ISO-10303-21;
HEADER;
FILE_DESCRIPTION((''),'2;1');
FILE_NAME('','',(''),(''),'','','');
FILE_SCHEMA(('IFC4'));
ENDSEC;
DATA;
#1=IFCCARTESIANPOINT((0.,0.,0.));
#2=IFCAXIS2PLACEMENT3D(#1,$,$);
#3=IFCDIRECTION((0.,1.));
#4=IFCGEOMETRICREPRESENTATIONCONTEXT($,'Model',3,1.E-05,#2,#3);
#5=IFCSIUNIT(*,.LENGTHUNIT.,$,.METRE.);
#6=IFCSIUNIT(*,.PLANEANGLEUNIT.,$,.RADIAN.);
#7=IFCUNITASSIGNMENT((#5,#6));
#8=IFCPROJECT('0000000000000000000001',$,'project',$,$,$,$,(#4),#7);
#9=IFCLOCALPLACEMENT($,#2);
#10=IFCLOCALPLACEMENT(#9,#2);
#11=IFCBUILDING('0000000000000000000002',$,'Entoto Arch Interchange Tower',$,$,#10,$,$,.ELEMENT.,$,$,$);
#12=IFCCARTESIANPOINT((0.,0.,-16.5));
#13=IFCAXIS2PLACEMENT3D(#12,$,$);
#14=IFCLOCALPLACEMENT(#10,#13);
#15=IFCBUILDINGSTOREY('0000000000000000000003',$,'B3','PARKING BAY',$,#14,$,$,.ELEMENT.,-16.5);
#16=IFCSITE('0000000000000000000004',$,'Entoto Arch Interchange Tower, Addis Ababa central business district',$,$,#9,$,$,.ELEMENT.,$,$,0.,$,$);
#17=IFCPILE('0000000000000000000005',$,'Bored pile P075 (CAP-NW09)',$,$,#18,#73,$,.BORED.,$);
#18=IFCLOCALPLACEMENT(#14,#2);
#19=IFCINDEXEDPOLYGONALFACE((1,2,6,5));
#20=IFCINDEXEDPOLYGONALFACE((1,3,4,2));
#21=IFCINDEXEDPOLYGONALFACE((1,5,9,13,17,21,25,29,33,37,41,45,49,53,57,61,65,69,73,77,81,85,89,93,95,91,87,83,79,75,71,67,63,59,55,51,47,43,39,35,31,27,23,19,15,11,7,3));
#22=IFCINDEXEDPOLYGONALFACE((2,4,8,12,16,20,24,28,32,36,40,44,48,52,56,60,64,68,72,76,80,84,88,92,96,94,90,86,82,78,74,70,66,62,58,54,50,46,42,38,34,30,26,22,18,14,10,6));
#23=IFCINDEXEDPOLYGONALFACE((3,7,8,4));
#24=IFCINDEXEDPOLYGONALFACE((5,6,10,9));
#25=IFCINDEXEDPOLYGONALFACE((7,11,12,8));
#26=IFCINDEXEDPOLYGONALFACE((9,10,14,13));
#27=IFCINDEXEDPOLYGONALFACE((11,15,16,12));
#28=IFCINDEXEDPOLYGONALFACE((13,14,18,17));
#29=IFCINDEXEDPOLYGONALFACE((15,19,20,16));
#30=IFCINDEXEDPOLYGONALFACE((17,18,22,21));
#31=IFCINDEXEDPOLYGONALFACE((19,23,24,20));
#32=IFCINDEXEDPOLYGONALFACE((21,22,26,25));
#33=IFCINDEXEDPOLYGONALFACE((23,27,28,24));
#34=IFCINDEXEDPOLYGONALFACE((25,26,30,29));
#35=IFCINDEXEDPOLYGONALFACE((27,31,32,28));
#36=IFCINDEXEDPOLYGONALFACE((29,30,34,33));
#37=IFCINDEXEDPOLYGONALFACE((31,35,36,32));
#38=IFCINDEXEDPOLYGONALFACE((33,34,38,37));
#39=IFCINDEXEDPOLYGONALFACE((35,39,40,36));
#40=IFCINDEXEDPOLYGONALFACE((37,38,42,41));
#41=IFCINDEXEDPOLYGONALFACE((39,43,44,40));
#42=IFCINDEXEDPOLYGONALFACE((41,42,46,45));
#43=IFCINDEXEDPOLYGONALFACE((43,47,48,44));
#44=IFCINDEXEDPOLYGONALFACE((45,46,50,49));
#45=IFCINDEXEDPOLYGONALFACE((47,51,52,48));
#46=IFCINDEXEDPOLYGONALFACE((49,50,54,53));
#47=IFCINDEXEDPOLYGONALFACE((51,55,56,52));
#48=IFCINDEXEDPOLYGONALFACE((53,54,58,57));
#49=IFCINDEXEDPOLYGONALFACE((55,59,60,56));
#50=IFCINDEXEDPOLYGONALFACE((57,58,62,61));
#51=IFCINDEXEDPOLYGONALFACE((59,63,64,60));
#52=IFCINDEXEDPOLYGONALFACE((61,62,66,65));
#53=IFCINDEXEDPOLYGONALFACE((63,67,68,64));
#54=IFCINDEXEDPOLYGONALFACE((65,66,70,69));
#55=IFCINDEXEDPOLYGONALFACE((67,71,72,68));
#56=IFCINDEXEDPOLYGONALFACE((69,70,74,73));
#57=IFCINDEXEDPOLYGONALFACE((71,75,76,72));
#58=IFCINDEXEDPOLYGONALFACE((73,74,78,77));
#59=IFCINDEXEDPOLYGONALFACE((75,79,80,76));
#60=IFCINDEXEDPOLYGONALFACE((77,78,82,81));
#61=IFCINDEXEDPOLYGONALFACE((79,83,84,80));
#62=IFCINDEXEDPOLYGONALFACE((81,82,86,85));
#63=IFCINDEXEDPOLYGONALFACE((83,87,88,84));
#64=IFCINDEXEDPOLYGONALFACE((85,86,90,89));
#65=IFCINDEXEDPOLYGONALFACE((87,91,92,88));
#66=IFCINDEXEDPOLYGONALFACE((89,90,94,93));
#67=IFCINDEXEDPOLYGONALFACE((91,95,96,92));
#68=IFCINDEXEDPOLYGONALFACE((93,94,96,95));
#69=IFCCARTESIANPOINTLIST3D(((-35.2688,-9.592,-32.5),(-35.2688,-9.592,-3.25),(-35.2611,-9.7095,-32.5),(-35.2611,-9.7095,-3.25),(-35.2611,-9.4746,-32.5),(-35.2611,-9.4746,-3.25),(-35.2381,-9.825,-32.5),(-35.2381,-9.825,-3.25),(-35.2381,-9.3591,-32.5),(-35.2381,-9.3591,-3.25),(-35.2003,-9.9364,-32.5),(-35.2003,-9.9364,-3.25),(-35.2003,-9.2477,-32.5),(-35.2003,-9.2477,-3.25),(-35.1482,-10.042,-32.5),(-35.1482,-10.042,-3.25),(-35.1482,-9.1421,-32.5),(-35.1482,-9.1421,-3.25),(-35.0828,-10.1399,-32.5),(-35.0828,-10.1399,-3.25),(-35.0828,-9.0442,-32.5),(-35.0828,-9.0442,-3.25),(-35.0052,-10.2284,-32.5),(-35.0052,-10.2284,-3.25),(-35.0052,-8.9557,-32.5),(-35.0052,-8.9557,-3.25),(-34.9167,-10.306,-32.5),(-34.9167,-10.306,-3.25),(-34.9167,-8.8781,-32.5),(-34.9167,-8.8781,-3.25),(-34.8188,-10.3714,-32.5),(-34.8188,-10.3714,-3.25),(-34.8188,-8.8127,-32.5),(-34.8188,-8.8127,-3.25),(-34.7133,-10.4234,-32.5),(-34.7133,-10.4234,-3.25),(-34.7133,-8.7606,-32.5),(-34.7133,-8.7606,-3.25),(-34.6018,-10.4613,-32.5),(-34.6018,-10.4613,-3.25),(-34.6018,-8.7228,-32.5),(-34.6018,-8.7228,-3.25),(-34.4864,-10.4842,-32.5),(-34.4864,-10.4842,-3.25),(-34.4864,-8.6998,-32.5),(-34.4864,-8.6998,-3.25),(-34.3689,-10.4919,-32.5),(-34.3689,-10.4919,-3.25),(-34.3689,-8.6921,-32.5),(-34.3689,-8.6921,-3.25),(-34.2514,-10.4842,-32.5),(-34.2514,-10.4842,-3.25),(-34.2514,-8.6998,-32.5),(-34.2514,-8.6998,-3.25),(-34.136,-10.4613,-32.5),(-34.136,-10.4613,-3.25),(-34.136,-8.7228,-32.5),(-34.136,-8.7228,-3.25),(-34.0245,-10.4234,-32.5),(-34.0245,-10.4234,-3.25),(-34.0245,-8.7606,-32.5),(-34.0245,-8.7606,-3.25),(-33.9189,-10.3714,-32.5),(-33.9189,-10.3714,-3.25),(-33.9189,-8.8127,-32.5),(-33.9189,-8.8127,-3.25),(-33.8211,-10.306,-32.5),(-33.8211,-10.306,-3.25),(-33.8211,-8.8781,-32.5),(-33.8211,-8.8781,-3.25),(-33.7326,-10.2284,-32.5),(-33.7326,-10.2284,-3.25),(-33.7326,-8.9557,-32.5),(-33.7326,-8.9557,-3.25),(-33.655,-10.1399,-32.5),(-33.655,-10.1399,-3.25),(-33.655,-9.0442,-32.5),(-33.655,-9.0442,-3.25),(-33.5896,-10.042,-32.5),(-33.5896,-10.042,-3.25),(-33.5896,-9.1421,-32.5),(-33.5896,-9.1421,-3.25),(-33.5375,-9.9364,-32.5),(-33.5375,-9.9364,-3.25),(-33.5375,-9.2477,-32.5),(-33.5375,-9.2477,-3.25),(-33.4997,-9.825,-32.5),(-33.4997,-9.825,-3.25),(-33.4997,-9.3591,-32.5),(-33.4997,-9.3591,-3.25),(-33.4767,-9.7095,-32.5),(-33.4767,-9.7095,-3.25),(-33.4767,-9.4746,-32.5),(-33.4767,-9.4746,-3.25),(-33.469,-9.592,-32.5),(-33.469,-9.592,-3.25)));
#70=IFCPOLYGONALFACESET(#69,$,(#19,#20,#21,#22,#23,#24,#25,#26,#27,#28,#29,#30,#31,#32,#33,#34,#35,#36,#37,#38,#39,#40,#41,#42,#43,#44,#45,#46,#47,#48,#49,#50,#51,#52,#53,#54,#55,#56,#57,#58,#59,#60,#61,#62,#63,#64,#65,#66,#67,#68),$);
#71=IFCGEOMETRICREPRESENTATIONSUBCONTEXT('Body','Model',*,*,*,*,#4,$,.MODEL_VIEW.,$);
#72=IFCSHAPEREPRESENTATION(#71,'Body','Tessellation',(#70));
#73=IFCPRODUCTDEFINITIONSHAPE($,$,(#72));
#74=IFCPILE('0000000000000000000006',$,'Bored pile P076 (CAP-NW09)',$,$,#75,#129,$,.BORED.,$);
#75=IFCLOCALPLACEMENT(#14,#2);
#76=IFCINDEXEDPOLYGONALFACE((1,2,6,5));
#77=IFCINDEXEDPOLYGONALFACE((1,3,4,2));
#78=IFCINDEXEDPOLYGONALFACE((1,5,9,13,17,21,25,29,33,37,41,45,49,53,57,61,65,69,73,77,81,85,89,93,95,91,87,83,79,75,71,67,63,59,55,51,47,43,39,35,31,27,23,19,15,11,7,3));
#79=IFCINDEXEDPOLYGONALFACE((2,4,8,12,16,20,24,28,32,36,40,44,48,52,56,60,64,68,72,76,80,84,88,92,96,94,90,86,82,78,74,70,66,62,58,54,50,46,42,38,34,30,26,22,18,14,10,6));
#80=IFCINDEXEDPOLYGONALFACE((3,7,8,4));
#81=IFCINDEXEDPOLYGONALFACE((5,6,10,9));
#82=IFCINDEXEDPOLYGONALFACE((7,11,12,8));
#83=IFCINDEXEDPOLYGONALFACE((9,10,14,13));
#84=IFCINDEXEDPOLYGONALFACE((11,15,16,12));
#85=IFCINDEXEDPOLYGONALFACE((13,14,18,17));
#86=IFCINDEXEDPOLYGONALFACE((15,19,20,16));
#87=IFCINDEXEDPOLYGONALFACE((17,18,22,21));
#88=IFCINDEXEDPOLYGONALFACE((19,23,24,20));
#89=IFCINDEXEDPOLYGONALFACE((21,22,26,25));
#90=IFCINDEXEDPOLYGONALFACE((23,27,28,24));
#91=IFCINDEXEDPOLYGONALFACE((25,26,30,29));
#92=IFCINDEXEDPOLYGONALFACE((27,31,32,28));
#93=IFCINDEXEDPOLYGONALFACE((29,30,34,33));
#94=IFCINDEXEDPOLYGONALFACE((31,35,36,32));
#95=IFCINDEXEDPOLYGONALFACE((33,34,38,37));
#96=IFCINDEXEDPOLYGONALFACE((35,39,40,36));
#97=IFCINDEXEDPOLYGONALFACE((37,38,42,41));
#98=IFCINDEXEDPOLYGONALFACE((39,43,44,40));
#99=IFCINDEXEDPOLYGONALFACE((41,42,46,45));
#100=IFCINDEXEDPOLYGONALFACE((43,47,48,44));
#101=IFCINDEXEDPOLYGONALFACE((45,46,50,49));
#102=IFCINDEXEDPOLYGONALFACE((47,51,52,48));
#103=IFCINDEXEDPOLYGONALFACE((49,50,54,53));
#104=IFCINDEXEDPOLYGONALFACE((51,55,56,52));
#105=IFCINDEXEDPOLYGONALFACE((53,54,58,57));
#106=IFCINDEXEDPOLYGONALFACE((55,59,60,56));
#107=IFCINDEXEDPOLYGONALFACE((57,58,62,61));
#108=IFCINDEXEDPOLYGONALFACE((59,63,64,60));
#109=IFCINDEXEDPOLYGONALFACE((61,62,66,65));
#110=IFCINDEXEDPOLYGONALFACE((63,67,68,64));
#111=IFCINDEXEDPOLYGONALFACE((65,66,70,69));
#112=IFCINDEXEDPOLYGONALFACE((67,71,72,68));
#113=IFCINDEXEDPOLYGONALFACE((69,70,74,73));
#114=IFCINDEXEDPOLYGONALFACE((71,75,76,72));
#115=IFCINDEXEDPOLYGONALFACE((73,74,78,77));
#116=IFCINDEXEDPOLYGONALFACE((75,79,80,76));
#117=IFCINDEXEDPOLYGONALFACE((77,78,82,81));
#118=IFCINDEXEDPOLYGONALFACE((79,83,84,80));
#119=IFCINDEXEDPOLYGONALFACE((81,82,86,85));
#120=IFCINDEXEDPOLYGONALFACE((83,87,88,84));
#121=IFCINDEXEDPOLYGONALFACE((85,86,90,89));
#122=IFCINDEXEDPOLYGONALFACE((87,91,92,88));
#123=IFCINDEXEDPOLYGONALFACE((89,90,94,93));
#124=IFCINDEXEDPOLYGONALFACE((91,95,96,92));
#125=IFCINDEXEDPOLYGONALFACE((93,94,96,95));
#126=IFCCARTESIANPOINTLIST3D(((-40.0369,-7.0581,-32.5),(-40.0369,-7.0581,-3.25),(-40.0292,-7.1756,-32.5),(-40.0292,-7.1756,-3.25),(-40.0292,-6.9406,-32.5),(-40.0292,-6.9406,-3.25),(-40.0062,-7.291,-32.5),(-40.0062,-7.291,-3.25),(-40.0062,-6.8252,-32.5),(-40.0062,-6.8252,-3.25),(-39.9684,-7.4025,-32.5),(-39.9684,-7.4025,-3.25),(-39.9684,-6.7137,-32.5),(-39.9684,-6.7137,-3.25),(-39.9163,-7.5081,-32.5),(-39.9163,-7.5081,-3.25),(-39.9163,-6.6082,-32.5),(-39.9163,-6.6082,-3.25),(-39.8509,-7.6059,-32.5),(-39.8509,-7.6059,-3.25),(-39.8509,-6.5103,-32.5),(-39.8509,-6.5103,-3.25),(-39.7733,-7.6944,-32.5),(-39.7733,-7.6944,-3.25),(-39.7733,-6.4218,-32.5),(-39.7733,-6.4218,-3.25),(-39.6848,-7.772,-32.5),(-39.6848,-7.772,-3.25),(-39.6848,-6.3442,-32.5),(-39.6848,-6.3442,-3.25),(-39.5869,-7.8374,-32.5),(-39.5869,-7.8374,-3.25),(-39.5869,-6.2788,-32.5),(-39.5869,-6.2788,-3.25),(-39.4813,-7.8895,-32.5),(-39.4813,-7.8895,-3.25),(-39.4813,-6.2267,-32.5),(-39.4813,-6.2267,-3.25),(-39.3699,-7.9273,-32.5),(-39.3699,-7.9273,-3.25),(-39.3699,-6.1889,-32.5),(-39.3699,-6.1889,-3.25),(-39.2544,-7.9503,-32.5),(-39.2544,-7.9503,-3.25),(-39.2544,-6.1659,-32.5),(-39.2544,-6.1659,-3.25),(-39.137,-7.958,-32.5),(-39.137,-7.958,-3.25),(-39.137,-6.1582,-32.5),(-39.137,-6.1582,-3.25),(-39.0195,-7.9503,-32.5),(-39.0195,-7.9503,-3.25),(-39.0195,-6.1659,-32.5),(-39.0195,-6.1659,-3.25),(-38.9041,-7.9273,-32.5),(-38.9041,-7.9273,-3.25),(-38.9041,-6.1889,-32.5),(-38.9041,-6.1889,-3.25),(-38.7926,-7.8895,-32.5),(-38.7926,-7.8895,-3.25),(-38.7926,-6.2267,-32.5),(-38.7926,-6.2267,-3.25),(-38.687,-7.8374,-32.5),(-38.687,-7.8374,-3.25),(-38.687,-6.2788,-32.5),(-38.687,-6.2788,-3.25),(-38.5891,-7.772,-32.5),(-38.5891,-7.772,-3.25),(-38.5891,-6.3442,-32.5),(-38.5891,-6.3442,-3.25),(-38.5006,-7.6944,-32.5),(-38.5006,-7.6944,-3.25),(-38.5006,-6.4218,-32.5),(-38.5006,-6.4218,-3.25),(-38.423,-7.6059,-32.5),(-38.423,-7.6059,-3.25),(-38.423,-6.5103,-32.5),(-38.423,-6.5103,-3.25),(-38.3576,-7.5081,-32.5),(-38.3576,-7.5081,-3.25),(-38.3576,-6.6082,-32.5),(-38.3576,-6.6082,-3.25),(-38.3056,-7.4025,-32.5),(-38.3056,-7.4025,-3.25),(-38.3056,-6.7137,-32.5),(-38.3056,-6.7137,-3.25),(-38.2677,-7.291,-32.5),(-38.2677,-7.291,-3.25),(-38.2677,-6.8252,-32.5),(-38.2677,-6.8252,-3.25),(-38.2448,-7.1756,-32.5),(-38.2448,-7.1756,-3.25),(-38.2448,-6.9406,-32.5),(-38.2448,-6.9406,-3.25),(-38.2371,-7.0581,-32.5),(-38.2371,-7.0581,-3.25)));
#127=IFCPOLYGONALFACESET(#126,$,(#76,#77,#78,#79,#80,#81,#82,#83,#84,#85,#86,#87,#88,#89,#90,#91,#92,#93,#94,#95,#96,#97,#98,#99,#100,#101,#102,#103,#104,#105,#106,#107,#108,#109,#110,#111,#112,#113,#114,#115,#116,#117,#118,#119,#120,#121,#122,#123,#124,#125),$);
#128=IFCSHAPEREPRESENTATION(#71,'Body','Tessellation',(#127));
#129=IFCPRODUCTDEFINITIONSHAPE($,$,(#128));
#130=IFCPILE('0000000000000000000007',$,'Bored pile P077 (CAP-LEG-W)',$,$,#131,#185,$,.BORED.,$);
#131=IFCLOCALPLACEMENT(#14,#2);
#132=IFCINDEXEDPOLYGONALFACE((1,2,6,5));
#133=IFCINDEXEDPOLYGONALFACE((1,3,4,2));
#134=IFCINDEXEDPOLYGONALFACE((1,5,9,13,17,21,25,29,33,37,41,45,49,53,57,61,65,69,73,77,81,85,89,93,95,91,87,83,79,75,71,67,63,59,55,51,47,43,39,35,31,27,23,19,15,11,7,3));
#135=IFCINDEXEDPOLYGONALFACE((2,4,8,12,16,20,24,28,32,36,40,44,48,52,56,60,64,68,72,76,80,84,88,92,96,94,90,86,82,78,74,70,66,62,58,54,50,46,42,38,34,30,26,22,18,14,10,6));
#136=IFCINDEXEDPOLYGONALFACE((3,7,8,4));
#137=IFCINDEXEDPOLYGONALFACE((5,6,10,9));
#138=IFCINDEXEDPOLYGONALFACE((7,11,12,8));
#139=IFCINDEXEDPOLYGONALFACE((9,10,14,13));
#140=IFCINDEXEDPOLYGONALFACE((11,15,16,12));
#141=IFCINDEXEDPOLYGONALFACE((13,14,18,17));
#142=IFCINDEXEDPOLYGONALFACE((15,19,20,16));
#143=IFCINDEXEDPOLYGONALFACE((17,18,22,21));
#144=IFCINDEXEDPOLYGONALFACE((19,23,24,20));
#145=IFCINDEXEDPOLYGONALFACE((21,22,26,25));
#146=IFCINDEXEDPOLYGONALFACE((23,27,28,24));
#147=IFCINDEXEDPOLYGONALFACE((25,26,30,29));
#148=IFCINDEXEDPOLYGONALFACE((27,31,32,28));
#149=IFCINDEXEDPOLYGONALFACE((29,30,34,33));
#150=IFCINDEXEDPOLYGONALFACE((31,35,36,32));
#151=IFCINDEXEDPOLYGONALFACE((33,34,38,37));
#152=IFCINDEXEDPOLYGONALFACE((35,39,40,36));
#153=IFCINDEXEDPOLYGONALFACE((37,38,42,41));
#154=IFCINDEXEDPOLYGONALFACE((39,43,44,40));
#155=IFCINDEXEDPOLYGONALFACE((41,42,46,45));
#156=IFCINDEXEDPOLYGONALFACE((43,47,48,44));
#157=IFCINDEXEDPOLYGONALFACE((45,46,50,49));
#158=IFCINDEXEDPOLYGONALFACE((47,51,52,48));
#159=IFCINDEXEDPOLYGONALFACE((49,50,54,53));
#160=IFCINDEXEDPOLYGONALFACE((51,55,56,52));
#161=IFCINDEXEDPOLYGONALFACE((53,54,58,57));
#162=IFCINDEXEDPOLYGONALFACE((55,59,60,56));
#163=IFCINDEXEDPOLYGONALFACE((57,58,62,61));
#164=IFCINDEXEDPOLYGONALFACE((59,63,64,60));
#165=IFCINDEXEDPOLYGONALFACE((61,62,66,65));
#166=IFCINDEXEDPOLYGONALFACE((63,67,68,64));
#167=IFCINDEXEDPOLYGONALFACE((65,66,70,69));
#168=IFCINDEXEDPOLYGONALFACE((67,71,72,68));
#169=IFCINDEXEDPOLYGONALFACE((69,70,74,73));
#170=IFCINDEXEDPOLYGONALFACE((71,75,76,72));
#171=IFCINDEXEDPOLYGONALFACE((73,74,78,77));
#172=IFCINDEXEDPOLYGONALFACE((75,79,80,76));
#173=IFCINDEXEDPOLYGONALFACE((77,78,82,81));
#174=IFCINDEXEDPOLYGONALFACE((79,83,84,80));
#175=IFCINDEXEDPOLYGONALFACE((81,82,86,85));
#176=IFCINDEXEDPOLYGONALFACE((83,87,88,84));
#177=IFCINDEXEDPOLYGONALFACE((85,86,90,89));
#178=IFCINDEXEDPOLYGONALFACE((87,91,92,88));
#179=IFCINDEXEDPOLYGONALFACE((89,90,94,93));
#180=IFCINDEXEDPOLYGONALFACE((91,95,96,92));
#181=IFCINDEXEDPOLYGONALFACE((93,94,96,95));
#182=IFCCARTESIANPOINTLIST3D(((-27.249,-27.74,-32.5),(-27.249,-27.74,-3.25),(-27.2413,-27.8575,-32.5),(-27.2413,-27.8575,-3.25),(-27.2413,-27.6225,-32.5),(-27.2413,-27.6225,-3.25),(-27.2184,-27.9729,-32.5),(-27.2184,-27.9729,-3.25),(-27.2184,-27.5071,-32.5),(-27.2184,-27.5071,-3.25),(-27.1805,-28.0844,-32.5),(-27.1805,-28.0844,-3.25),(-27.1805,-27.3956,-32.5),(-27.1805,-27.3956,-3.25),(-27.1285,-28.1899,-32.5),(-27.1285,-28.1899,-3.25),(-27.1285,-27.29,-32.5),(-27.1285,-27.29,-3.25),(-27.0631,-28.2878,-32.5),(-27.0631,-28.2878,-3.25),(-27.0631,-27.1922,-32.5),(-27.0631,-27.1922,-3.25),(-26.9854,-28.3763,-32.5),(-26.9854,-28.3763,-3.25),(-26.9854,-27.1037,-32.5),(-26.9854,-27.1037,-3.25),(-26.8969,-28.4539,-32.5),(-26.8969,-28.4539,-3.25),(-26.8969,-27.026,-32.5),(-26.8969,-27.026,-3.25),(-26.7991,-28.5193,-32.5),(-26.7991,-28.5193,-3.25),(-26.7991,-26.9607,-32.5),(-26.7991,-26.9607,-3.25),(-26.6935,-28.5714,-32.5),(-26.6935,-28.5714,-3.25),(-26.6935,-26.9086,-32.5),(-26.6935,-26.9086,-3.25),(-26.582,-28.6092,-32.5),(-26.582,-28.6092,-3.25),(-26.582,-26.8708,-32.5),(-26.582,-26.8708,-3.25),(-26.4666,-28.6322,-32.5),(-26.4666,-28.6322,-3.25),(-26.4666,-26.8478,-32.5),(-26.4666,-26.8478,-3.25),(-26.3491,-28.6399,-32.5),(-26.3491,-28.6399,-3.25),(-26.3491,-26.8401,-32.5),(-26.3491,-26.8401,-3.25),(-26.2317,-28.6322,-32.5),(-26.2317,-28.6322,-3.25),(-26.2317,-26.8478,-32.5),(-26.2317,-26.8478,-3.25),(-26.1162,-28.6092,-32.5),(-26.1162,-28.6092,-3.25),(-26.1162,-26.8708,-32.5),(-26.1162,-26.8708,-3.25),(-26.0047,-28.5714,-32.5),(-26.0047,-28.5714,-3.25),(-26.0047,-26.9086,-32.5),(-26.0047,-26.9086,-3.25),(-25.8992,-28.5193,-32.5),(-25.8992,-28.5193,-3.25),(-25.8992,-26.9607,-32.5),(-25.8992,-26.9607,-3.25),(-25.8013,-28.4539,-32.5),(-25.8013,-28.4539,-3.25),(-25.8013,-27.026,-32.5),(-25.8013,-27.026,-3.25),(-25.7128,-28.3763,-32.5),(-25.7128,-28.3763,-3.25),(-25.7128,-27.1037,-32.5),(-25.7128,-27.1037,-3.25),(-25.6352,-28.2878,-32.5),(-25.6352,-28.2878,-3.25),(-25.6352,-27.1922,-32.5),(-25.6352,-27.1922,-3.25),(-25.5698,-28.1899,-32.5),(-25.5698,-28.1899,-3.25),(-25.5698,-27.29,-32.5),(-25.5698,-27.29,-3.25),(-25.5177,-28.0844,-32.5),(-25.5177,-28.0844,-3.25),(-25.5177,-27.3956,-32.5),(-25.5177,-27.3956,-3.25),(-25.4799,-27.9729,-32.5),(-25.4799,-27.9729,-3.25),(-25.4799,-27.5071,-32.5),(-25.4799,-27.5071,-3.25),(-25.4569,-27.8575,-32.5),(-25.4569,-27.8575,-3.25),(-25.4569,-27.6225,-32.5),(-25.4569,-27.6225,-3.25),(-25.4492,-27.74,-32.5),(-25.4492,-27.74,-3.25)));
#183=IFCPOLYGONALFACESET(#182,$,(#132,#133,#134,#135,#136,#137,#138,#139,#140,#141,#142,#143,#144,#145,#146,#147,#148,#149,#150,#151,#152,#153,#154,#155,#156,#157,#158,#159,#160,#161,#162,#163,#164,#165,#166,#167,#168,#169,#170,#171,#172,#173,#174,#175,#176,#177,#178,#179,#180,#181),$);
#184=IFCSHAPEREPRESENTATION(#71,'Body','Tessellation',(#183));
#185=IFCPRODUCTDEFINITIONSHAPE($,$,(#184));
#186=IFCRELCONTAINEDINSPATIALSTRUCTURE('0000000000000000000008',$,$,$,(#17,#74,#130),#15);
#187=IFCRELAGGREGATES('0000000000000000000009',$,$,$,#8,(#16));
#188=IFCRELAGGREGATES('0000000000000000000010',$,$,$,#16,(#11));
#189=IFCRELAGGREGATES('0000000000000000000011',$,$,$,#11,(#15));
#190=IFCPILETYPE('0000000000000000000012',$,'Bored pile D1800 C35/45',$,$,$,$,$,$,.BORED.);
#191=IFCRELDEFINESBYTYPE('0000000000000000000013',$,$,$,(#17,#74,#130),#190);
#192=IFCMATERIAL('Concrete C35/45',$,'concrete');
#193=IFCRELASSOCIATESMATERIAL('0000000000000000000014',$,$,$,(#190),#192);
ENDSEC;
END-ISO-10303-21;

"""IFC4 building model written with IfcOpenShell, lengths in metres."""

from ifc_helpers import new_model, si_unit, direction, frame, origin, origin_2d, place, context, subcontext, project, spatial, circle, extrude, material, material_profile, profile_set, type_object, element, save


model = new_model("IFC4")

# Units and contexts
model_context = context("Model", 3, precision=1e-05, world=origin(), true_north=direction((0.0, 1.0)))
body_context = subcontext(model_context, "Body", "Model", "MODEL_VIEW")
ifc_project = project(units=[si_unit("LENGTHUNIT", "METRE"), si_unit("PLANEANGLEUNIT", "RADIAN")], contexts=[model_context])

# Site, building, storey
site_placement = place(None, origin())
site = spatial("IfcSite", under=ifc_project, at=site_placement, Name="Entoto Arch Interchange Tower, Addis Ababa central business district", CompositionType="ELEMENT", RefElevation=0.0)
building_placement = place(site_placement, origin())
building = spatial("IfcBuilding", under=site, at=building_placement, Name="Entoto Arch Interchange Tower", CompositionType="ELEMENT")
storey_placement = place(building_placement, frame((0.0, 0.0, -16.5)))
storey = spatial("IfcBuildingStorey", under=building, at=storey_placement, Name="B3", Description="PARKING BAY", CompositionType="ELEMENT", Elevation=-16.5)

# Piles
ifc_material_1 = material(Name="Concrete C35/45", Category="concrete")
ifc_material_profile_1 = material_profile(ifc_material_1, circle(Radius=0.8999, at=origin_2d()))
ifc_profile_set_1 = profile_set([ifc_material_profile_1], Name="Concrete C35/45")
pile_type = type_object("IfcPileType", Name="Bored pile D1800 C35/45", PredefinedType="BORED", material=ifc_profile_set_1)
for number, where, z_axis, x_axis, name in (
    (1, (-34.3689, -9.592, -3.25), (0.0, 0.0, -1.0), (1.0, 0.0, 0.0), "Bored pile P075 (CAP-NW09)"),
    (2, (-39.137, -7.0581, -3.25), (0.0, 0.0, -1.0), (1.0, 0.0, 0.0), "Bored pile P076 (CAP-NW09)"),
    (3, (-26.3491, -27.74, -3.25), (0.0, 0.0, -1.0), (1.0, 0.0, 0.0), "Bored pile P077 (CAP-LEG-W)"),
):
    element("IfcPile", number, at=place(storey_placement, frame(where, z_axis=z_axis, x_axis=x_axis)), inside=storey, type_object=pile_type, Name=name, PredefinedType="BORED", context=body_context, shape_type="SweptSolid", body=[
        extrude(circle(Radius=0.8999, at=origin_2d()), origin(), (0.0, 0.0, 1.0), 29.25),
    ])

save(model, "model.ifc")
